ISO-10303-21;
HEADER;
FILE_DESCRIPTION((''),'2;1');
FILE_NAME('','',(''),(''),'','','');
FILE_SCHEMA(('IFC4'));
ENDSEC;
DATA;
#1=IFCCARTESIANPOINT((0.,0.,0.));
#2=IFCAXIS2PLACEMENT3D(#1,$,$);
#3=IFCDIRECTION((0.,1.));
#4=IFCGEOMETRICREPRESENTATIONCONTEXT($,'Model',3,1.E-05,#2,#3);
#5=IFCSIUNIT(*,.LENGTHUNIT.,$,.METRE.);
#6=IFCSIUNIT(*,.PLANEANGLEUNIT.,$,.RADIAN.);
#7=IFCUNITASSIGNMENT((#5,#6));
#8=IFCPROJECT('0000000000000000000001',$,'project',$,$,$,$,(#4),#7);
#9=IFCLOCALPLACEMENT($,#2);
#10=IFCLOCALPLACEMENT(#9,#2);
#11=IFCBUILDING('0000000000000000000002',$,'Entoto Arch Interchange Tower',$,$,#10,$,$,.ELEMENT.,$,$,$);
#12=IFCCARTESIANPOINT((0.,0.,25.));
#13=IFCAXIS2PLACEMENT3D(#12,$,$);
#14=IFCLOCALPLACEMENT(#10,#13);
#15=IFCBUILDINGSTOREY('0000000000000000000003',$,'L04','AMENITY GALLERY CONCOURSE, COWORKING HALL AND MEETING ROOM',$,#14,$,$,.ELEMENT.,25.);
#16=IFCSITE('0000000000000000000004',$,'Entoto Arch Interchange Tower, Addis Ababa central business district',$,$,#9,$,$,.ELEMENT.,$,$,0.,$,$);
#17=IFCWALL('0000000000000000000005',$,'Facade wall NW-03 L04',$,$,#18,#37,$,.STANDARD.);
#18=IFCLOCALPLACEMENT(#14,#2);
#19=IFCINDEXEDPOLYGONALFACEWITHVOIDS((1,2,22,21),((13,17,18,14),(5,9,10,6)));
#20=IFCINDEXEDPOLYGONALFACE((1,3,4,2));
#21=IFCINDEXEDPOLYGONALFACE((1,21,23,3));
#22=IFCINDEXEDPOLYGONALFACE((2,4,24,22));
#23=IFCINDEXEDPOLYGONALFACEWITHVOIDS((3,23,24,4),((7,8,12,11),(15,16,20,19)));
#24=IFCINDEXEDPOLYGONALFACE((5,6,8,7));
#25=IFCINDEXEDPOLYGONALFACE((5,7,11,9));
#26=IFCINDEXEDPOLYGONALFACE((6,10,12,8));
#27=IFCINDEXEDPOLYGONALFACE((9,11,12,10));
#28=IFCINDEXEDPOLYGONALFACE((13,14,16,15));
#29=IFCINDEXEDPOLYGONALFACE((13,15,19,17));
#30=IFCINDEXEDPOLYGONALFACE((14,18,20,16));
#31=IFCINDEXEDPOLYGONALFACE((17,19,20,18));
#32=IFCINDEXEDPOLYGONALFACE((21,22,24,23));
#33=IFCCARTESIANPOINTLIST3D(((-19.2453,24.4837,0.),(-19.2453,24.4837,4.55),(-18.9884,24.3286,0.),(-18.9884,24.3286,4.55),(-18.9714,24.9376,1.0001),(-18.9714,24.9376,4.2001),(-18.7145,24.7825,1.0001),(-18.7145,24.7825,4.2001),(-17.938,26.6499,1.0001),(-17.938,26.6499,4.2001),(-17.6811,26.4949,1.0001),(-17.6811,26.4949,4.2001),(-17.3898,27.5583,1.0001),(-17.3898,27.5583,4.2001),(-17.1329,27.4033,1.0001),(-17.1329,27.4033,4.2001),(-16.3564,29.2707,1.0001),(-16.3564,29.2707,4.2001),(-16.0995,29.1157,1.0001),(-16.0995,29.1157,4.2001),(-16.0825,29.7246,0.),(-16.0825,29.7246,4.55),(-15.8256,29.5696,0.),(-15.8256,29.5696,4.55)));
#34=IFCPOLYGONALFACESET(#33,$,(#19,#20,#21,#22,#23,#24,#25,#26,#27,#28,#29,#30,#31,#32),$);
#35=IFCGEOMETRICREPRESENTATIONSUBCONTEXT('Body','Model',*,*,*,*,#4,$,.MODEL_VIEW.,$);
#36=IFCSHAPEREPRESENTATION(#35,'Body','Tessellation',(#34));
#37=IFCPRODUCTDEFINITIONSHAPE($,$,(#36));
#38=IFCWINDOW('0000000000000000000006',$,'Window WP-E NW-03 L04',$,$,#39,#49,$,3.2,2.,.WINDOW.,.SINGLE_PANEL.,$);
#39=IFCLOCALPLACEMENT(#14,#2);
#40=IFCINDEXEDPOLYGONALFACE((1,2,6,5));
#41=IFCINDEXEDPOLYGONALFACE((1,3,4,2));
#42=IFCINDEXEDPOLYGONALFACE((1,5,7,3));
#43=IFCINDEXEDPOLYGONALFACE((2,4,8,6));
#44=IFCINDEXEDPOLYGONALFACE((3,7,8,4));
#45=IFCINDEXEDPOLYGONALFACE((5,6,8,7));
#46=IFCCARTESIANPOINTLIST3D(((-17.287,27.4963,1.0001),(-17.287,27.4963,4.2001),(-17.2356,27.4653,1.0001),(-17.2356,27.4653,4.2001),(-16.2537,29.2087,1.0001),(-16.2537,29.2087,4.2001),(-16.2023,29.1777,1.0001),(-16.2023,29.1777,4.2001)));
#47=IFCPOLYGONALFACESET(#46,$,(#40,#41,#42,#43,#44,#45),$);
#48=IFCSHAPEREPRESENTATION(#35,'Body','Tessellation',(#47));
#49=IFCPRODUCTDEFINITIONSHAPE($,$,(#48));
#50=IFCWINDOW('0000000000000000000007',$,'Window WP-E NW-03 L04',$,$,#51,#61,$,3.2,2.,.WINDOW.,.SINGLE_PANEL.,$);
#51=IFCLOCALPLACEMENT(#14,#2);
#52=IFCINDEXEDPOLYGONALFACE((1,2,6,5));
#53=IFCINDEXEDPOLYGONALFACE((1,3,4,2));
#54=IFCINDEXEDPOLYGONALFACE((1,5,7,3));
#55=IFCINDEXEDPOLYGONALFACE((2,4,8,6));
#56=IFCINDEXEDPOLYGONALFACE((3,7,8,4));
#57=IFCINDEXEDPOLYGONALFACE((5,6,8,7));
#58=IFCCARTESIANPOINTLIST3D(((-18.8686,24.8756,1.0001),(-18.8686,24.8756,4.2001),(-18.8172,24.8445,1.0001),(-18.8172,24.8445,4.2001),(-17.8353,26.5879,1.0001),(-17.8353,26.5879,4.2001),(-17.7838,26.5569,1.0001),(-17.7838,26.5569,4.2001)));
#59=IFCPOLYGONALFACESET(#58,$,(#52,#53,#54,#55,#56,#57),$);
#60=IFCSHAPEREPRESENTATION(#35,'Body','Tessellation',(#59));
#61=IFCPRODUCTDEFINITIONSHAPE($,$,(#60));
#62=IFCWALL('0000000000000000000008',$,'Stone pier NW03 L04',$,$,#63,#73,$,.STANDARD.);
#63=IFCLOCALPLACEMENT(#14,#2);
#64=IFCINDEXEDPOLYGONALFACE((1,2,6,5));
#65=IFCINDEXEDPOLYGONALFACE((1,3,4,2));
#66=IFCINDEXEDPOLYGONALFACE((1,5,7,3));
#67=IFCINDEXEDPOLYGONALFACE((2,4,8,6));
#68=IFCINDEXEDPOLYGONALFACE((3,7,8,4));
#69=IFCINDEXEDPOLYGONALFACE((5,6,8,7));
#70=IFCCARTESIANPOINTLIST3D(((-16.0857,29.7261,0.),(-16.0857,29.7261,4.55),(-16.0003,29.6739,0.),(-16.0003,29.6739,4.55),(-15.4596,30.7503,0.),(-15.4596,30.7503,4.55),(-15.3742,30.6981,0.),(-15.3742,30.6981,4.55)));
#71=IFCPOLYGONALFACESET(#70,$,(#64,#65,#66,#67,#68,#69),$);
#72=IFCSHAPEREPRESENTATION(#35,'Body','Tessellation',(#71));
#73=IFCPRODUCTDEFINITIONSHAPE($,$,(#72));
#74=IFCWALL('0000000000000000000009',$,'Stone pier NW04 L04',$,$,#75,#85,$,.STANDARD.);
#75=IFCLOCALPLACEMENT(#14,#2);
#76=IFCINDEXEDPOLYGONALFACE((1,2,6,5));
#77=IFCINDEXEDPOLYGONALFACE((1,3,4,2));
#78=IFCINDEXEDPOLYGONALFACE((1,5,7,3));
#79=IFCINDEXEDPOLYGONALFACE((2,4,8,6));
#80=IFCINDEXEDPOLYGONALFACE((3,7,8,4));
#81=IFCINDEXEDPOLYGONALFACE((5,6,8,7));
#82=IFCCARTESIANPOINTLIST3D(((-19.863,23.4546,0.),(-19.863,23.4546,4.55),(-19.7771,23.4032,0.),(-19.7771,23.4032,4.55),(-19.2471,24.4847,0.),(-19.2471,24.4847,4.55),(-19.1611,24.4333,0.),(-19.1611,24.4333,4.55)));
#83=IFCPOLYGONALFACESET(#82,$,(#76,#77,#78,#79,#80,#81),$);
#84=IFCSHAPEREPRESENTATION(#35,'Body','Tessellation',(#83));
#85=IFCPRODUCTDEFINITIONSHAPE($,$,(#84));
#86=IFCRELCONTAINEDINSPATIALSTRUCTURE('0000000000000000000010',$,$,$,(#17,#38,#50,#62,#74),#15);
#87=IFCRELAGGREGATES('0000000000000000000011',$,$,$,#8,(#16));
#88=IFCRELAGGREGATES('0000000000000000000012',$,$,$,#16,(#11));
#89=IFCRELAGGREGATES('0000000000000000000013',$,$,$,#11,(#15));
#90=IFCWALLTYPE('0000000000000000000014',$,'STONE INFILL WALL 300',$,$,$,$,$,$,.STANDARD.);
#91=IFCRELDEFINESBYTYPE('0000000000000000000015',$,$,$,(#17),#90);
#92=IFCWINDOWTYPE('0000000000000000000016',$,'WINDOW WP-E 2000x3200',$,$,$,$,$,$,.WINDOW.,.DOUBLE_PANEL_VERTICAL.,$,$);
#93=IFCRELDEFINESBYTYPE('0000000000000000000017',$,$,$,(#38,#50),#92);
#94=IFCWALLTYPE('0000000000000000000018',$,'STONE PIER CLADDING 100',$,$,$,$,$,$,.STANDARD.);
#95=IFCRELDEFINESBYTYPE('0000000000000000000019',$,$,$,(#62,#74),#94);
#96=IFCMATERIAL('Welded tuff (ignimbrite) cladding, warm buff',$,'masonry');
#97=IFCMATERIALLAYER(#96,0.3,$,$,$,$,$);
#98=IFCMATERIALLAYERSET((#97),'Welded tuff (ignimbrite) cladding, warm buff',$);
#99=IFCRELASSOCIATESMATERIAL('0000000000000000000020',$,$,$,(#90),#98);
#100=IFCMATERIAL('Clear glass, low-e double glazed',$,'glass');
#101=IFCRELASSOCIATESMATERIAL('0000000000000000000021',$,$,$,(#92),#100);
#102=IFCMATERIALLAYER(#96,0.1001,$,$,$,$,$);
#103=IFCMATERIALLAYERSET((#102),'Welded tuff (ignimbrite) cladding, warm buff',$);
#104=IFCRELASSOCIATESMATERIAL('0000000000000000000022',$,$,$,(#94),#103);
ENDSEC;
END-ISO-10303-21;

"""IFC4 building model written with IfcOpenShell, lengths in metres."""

from ifc_helpers import new_model, si_unit, direction, frame, frame_2d, origin, place, context, subcontext, project, spatial, rectangle, extrude, material, layer, layer_set, type_object, element, fill, save


model = new_model("IFC4")

# Units and contexts
model_context = context("Model", 3, precision=1e-05, world=origin(), true_north=direction((0.0, 1.0)))
body_context = subcontext(model_context, "Body", "Model", "MODEL_VIEW")
ifc_project = project(units=[si_unit("LENGTHUNIT", "METRE"), si_unit("PLANEANGLEUNIT", "RADIAN")], contexts=[model_context])

# Site, building, storey
site_placement = place(None, origin())
site = spatial("IfcSite", under=ifc_project, at=site_placement, Name="Entoto Arch Interchange Tower, Addis Ababa central business district", CompositionType="ELEMENT", RefElevation=0.0)
building_placement = place(site_placement, origin())
building = spatial("IfcBuilding", under=site, at=building_placement, Name="Entoto Arch Interchange Tower", CompositionType="ELEMENT")
storey_placement = place(building_placement, frame((0.0, 0.0, 25.0)))
storey = spatial("IfcBuildingStorey", under=building, at=storey_placement, Name="L04", Description="AMENITY GALLERY CONCOURSE, COWORKING HALL AND MEETING ROOM", CompositionType="ELEMENT", Elevation=25.0)

# Wall, openings, windows
ifc_material_1 = material(Name="Welded tuff (ignimbrite) cladding, warm buff", Category="masonry")
ifc_layer_1 = layer(ifc_material_1, 0.3)
ifc_layer_set_1 = layer_set([ifc_layer_1], Name="Welded tuff (ignimbrite) cladding, warm buff")
wall_type_1 = type_object("IfcWallType", Name="STONE INFILL WALL 300", PredefinedType="STANDARD", material=ifc_layer_set_1)
ifc_material_2 = material(Name="Clear glass, low-e double glazed", Category="glass")
window_type = type_object("IfcWindowType", Name="WINDOW WP-E 2000x3200", PartitioningType="DOUBLE_PANEL_VERTICAL", PredefinedType="WINDOW", material=ifc_material_2)
wall_1_placement = place(storey_placement, frame((-15.9541, 29.647, 0.0), z_axis=(0.0, 0.0, 1.0), x_axis=(-0.516688, -0.856174, 0.0)))
wall_1 = element("IfcWall", 1, at=wall_1_placement, inside=storey, type_object=wall_type_1, Name="Facade wall NW-03 L04", PredefinedType="STANDARD", context=body_context, shape_type="SweptSolid", body=[
    extrude(rectangle(XDim=6.1213, YDim=0.3, at=frame_2d((3.0605, 0.0))), origin(), (0.0, 0.0, 1.0), 4.55),
])
opening_1_placement = place(wall_1_placement, frame((0.53, 0.0, 1.0)))
opening_1 = element("IfcOpeningElement", 2, at=opening_1_placement, cuts=wall_1, PredefinedType="OPENING", context=body_context, shape_type="SweptSolid", body=[
    extrude(rectangle(XDim=2.0, YDim=3.2, at=frame_2d((1.0, 1.6001))), frame((0.0, 0.1602, 0.0), z_axis=(0.0, -1.0, 0.0), x_axis=(1.0, 0.0, 0.0)), (0.0, 0.0, 1.0), 0.3201),
])
opening_2_placement = place(wall_1_placement, frame((3.5911, 0.0, 1.0)))
opening_2 = element("IfcOpeningElement", 3, at=opening_2_placement, cuts=wall_1, PredefinedType="OPENING", context=body_context, shape_type="SweptSolid", body=[
    extrude(rectangle(XDim=2.0, YDim=3.2, at=frame_2d((1.0, 1.6001))), frame((0.0, 0.1602, 0.0), z_axis=(0.0, -1.0, 0.0), x_axis=(1.0, 0.0, 0.0)), (0.0, 0.0, 1.0), 0.3201),
])
window_1_placement = place(opening_1_placement, origin())
window_1 = element("IfcWindow", 4, at=window_1_placement, inside=storey, type_object=window_type, Name="Window WP-E NW-03 L04", OverallHeight=3.2, OverallWidth=2.0, PartitioningType="SINGLE_PANEL", PredefinedType="WINDOW", context=body_context, shape_type="SweptSolid", body=[
    extrude(rectangle(XDim=2.0, YDim=3.2, at=frame_2d((1.0, 1.6001))), frame((0.0, 0.03, 0.0), z_axis=(0.0, -1.0, 0.0), x_axis=(1.0, 0.0, 0.0)), (0.0, 0.0, 1.0), 0.0601),
])
fill(opening_1, window_1)
window_2_placement = place(opening_2_placement, origin())
window_2 = element("IfcWindow", 5, at=window_2_placement, inside=storey, type_object=window_type, Name="Window WP-E NW-03 L04", OverallHeight=3.2, OverallWidth=2.0, PartitioningType="SINGLE_PANEL", PredefinedType="WINDOW", context=body_context, shape_type="SweptSolid", body=[
    extrude(rectangle(XDim=2.0, YDim=3.2, at=frame_2d((1.0, 1.6001))), frame((0.0, 0.03, 0.0), z_axis=(0.0, -1.0, 0.0), x_axis=(1.0, 0.0, 0.0)), (0.0, 0.0, 1.0), 0.0601),
])
fill(opening_2, window_2)

# Walls
ifc_layer_2 = layer(ifc_material_1, 0.1001)
ifc_layer_set_2 = layer_set([ifc_layer_2], Name="Welded tuff (ignimbrite) cladding, warm buff")
wall_type_2 = type_object("IfcWallType", Name="STONE PIER CLADDING 100", PredefinedType="STANDARD", material=ifc_layer_set_2)
wall_2_placement = place(storey_placement, frame((-15.417, 30.7241, 0.0), z_axis=(0.0, 0.0, 1.0), x_axis=(-0.521508, -0.853247, 0.0)))
element("IfcWall", 6, at=wall_2_placement, inside=storey, type_object=wall_type_2, Name="Stone pier NW03 L04", PredefinedType="STANDARD", context=body_context, shape_type="SweptSolid", body=[
    extrude(rectangle(XDim=1.2004, YDim=0.1001, at=frame_2d((0.6001, 0.0))), origin(), (0.0, 0.0, 1.0), 4.55),
])
wall_3_placement = place(storey_placement, frame((-19.2041, 24.459, 0.0), z_axis=(0.0, 0.0, 1.0), x_axis=(-0.513239, -0.858246, 0.0)))
element("IfcWall", 7, at=wall_3_placement, inside=storey, type_object=wall_type_2, Name="Stone pier NW04 L04", PredefinedType="STANDARD", context=body_context, shape_type="SweptSolid", body=[
    extrude(rectangle(XDim=1.2002, YDim=0.1001, at=frame_2d((0.6001, 0.0))), origin(), (0.0, 0.0, 1.0), 4.55),
])

save(model, "model.ifc")
